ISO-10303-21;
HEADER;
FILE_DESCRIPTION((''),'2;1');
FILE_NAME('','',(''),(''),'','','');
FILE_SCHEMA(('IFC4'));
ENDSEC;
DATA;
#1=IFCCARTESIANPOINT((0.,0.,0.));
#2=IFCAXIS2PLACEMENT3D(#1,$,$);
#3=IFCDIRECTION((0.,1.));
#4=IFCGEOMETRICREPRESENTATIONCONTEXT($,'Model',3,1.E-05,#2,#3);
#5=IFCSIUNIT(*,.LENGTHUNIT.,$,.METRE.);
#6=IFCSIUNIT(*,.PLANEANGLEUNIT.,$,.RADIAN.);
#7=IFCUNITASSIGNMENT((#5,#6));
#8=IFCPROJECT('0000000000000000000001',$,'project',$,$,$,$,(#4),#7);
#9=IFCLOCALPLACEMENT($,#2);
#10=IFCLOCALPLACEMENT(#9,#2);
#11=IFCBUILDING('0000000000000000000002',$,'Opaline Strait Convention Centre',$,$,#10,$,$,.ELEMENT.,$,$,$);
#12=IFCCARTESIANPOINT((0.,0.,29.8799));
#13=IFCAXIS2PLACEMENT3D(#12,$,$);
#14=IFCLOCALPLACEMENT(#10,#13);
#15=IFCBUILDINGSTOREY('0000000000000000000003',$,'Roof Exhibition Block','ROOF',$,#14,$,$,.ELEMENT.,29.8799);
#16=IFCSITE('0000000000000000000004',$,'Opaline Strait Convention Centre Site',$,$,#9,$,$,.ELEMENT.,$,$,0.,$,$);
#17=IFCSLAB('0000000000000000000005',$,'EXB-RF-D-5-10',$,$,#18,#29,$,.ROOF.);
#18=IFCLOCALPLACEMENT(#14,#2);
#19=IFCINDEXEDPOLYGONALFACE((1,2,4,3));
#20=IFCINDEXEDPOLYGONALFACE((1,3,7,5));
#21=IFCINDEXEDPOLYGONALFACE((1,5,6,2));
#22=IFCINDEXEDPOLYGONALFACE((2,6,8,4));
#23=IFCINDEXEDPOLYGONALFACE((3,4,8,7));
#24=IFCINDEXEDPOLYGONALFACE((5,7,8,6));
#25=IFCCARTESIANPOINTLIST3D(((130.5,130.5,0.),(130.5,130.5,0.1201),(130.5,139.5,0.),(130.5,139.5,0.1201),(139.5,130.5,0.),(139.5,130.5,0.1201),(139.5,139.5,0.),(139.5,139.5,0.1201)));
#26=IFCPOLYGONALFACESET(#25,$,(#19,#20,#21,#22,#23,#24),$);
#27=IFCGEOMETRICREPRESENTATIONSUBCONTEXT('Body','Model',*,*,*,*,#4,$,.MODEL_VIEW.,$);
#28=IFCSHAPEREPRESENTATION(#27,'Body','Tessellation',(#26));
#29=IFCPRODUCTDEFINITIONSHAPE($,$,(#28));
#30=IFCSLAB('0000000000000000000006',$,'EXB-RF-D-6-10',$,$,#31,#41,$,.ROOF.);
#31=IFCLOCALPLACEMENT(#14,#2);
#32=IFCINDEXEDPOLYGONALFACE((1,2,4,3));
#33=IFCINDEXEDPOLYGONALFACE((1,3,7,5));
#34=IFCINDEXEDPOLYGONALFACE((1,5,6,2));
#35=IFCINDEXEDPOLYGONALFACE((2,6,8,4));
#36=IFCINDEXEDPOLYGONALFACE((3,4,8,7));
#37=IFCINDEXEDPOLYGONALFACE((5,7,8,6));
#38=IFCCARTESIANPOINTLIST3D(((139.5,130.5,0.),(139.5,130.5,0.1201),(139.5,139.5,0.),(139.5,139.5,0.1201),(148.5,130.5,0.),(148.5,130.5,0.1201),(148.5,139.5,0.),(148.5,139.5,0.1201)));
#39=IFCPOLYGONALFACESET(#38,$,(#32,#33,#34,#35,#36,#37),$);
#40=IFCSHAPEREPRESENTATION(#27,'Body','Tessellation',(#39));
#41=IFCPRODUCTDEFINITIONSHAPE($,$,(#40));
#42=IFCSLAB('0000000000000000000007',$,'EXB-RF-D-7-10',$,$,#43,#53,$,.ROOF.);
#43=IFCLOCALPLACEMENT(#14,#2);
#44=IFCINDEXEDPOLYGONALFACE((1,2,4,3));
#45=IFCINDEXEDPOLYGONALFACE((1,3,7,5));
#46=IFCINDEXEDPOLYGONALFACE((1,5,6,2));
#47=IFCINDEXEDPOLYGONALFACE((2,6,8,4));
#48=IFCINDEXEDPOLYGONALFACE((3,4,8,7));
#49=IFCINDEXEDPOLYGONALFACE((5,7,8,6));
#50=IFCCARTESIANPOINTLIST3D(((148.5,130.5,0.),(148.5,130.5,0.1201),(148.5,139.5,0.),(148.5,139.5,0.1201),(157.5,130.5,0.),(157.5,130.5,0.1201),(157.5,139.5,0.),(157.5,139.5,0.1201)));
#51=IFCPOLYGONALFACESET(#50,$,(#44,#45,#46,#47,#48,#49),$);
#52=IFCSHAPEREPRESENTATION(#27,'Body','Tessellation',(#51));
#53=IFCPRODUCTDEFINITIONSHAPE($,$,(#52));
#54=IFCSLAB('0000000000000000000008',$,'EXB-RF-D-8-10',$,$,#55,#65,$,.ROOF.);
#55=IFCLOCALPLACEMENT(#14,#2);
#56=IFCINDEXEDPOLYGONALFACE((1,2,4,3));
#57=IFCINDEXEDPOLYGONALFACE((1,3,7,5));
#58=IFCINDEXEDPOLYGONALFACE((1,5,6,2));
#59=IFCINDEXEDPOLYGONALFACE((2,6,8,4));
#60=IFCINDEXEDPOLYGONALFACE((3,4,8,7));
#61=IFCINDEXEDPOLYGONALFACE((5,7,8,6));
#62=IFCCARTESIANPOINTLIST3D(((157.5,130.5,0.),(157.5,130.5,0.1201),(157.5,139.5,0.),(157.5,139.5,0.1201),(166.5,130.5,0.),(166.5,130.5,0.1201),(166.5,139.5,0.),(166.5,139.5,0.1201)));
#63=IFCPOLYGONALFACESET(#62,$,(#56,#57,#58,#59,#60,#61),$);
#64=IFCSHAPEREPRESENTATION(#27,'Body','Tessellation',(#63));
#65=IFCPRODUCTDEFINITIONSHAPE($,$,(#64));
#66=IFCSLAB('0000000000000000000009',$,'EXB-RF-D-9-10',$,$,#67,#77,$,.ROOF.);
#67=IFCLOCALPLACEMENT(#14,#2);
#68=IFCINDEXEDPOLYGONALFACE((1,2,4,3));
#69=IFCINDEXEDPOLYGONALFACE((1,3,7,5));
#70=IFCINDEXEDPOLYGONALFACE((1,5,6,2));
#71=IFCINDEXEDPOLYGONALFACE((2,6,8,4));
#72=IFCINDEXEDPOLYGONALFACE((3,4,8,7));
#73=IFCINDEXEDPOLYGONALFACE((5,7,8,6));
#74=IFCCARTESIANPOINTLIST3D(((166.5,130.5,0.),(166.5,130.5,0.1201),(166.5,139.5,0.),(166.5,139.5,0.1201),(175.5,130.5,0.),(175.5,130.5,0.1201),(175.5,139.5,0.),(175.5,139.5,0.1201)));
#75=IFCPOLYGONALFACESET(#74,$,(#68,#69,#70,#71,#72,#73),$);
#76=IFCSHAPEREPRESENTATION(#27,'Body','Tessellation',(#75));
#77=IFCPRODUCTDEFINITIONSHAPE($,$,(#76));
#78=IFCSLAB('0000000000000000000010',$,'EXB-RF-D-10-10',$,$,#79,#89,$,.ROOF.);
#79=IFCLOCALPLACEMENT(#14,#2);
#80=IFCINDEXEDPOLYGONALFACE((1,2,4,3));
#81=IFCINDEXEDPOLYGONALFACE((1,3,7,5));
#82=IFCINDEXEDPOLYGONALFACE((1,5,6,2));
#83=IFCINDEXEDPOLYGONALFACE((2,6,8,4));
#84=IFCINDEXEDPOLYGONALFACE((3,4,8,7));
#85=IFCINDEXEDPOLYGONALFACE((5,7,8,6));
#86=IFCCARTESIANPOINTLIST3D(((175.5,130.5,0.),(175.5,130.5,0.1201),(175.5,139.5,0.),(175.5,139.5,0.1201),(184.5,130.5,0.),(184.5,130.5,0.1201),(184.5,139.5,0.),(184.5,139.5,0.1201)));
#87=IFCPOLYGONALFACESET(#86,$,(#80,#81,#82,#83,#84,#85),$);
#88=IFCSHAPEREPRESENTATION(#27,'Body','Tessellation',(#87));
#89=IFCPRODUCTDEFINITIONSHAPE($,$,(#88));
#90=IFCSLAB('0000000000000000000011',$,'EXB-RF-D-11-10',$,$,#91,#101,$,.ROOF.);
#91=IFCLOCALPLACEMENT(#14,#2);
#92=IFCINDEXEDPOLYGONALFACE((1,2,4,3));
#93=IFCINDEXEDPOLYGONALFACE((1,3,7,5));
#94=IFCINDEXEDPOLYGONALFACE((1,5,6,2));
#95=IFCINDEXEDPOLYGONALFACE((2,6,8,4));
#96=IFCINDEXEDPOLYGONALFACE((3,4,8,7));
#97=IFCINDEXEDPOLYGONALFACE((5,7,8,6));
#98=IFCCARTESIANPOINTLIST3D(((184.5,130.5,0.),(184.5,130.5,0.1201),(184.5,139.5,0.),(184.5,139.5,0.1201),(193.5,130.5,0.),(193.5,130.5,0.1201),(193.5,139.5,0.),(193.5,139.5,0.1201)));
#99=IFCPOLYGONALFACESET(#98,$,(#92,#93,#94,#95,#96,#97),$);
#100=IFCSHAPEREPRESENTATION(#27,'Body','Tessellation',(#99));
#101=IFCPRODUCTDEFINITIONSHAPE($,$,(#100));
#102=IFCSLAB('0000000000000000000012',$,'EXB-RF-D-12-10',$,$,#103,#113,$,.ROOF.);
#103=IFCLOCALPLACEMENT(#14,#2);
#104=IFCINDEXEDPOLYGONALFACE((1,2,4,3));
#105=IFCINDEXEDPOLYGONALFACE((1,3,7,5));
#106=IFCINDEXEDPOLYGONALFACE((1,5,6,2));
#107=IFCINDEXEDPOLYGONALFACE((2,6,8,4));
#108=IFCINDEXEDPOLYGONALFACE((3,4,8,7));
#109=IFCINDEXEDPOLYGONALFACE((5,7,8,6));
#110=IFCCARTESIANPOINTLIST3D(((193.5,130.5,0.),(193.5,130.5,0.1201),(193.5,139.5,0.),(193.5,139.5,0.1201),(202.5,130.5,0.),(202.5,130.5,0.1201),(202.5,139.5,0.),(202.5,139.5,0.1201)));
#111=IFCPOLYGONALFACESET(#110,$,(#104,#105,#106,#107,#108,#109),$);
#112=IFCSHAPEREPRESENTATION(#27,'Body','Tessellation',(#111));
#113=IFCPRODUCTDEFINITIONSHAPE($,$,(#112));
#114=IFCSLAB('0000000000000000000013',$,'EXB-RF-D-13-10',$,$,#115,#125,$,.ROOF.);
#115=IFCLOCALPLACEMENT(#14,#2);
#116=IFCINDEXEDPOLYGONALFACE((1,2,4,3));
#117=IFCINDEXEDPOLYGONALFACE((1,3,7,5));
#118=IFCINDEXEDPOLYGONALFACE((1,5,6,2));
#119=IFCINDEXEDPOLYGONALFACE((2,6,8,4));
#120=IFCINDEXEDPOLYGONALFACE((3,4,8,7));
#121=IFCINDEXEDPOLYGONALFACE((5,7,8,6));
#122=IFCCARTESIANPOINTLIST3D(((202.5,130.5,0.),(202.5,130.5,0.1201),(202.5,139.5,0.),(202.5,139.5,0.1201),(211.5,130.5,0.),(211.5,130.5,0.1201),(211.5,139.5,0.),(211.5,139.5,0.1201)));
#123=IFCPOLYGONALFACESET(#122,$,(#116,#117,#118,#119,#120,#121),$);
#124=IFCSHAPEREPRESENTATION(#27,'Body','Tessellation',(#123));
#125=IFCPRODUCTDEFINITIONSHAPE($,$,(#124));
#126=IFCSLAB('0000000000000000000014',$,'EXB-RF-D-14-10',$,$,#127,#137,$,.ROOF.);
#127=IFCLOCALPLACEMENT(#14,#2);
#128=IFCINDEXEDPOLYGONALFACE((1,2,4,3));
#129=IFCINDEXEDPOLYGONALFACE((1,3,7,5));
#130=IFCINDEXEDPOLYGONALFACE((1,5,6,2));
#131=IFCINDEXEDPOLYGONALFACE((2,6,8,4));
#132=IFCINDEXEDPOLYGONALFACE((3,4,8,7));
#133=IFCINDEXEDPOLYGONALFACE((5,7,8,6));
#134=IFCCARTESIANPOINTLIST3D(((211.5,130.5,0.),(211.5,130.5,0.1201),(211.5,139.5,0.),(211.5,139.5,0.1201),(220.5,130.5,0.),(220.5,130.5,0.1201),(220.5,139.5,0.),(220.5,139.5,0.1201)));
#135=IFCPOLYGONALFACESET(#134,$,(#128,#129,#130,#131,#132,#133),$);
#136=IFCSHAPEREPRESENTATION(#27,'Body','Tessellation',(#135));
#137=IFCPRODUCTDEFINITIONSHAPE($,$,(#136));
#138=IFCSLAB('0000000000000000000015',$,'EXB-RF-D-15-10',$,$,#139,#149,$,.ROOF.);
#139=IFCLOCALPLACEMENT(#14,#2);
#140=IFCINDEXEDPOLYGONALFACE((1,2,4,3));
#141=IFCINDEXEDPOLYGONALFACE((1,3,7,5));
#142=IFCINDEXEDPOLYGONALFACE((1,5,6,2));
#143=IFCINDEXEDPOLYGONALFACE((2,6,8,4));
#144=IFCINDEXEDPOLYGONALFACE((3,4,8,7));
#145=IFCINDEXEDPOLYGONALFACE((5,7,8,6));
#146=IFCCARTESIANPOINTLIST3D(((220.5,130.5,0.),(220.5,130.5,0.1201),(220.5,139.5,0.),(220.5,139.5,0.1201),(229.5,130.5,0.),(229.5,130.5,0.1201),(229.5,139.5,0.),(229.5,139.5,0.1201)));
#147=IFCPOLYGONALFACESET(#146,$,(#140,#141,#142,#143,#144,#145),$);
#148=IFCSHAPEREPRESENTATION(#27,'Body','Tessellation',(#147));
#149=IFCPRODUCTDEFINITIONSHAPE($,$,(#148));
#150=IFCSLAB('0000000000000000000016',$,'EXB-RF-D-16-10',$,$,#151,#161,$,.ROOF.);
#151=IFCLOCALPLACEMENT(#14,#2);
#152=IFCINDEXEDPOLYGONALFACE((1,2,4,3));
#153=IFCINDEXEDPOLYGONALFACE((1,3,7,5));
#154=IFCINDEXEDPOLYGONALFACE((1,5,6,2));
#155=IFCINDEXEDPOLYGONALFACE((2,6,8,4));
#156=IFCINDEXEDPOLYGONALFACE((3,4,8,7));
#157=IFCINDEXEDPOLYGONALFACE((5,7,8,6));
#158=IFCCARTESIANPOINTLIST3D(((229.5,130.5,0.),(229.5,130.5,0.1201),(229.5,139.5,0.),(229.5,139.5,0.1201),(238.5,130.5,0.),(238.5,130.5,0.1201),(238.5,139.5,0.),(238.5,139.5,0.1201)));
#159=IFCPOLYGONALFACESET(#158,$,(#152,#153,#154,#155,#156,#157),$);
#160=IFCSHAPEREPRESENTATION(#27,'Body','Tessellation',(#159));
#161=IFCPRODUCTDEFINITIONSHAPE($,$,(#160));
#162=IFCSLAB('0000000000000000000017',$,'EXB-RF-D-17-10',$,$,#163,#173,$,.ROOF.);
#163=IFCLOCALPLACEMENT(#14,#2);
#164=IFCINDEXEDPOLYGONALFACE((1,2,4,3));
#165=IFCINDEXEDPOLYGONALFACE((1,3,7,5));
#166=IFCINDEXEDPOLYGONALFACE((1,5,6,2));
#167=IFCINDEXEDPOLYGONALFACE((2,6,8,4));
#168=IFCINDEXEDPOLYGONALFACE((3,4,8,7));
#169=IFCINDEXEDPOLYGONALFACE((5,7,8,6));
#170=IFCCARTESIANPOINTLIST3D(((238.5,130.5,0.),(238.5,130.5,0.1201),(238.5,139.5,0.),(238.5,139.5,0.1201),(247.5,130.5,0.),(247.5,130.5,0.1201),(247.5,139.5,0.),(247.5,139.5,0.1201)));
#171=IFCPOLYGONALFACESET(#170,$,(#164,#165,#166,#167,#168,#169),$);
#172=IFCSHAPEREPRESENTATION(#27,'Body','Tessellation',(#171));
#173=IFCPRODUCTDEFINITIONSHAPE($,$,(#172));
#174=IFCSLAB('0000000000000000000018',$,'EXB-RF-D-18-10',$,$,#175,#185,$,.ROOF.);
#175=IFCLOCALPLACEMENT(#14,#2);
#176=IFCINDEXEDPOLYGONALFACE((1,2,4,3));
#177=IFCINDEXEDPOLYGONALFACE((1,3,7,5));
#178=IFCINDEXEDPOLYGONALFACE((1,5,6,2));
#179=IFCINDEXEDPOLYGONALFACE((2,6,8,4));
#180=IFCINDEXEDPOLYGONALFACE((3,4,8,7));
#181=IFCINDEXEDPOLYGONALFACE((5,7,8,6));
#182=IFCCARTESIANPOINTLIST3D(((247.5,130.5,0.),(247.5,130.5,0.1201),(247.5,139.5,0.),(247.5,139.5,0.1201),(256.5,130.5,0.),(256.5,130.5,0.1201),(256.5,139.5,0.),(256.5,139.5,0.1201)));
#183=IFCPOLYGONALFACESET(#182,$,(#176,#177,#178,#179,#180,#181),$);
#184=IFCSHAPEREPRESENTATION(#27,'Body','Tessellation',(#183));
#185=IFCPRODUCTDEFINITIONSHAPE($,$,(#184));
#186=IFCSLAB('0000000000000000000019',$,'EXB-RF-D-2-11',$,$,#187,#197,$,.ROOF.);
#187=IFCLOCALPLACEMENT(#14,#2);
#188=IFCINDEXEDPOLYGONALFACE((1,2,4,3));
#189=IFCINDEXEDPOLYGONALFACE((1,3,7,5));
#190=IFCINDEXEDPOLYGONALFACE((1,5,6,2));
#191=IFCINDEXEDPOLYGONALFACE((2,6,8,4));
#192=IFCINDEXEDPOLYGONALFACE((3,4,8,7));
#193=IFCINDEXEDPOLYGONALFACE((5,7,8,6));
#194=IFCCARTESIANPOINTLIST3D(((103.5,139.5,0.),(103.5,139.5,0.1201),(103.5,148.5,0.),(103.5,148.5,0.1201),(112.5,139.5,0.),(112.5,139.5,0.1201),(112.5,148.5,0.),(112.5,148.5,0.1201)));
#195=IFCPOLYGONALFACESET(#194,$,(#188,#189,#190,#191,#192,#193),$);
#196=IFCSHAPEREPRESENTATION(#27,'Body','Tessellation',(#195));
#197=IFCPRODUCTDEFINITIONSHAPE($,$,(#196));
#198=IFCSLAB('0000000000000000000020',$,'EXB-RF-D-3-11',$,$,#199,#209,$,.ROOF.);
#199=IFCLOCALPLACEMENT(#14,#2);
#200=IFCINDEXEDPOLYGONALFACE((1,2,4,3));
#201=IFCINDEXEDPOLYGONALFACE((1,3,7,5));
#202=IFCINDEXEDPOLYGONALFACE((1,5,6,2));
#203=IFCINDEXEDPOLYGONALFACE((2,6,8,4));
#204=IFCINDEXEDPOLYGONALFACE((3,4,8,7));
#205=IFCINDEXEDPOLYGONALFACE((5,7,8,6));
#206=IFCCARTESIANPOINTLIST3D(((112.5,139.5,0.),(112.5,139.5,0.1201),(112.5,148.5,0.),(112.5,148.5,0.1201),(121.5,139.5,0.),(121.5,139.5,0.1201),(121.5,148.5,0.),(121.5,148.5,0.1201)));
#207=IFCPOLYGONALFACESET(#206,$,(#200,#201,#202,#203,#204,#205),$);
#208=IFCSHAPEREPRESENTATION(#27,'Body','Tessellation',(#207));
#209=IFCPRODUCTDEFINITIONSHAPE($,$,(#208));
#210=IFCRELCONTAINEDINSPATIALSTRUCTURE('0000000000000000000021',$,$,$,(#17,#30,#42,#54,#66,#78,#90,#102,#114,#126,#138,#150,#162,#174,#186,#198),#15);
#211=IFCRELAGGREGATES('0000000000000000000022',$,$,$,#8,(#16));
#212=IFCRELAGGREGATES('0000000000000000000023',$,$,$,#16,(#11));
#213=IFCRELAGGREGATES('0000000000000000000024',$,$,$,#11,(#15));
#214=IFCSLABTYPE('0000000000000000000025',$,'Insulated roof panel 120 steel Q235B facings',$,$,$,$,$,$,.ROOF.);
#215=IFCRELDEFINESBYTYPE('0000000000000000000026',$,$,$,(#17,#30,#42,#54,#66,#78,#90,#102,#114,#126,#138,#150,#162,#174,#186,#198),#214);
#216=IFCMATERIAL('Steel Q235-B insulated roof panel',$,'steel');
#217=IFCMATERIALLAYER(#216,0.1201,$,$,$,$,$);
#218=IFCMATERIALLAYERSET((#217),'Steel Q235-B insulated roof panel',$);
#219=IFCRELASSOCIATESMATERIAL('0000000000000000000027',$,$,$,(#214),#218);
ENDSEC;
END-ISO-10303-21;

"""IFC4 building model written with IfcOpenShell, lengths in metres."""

from ifc_helpers import new_model, si_unit, direction, frame, origin, place, context, subcontext, project, spatial, polyline, outline, extrude, material, layer, layer_set, type_object, element, save


model = new_model("IFC4")

# Units and contexts
model_context = context("Model", 3, precision=1e-05, world=origin(), true_north=direction((0.0, 1.0)))
body_context = subcontext(model_context, "Body", "Model", "MODEL_VIEW")
ifc_project = project(units=[si_unit("LENGTHUNIT", "METRE"), si_unit("PLANEANGLEUNIT", "RADIAN")], contexts=[model_context])

# Site, building, storey
site_placement = place(None, origin())
site = spatial("IfcSite", under=ifc_project, at=site_placement, Name="Opaline Strait Convention Centre Site", CompositionType="ELEMENT", RefElevation=0.0)
building_placement = place(site_placement, origin())
building = spatial("IfcBuilding", under=site, at=building_placement, Name="Opaline Strait Convention Centre", CompositionType="ELEMENT")
storey_placement = place(building_placement, frame((0.0, 0.0, 29.8799)))
storey = spatial("IfcBuildingStorey", under=building, at=storey_placement, Name="Roof Exhibition Block", Description="ROOF", CompositionType="ELEMENT", Elevation=29.8799)

# Slabs
ifc_material = material(Name="Steel Q235-B insulated roof panel", Category="steel")
ifc_layer = layer(ifc_material, 0.1201)
ifc_layer_set = layer_set([ifc_layer], Name="Steel Q235-B insulated roof panel")
slab_type = type_object("IfcSlabType", Name="Insulated roof panel 120 steel Q235B facings", PredefinedType="ROOF", material=ifc_layer_set)
slab_1_placement = place(storey_placement, origin())
element("IfcSlab", 1, at=slab_1_placement, inside=storey, type_object=slab_type, Name="EXB-RF-D-5-10", PredefinedType="ROOF", context=body_context, shape_type="SweptSolid", body=[
    extrude(outline(polyline([(130.5, 130.5), (139.5, 130.5), (139.5, 139.5), (130.5, 139.5), (130.5, 130.5)])), origin(), (0.0, 0.0, 1.0), 0.1201),
])
slab_2_placement = place(storey_placement, origin())
element("IfcSlab", 2, at=slab_2_placement, inside=storey, type_object=slab_type, Name="EXB-RF-D-6-10", PredefinedType="ROOF", context=body_context, shape_type="SweptSolid", body=[
    extrude(outline(polyline([(139.5, 130.5), (148.5, 130.5), (148.5, 139.5), (139.5, 139.5), (139.5, 130.5)])), origin(), (0.0, 0.0, 1.0), 0.1201),
])
slab_3_placement = place(storey_placement, origin())
element("IfcSlab", 3, at=slab_3_placement, inside=storey, type_object=slab_type, Name="EXB-RF-D-7-10", PredefinedType="ROOF", context=body_context, shape_type="SweptSolid", body=[
    extrude(outline(polyline([(148.5, 130.5), (157.5, 130.5), (157.5, 139.5), (148.5, 139.5), (148.5, 130.5)])), origin(), (0.0, 0.0, 1.0), 0.1201),
])
slab_4_placement = place(storey_placement, origin())
element("IfcSlab", 4, at=slab_4_placement, inside=storey, type_object=slab_type, Name="EXB-RF-D-8-10", PredefinedType="ROOF", context=body_context, shape_type="SweptSolid", body=[
    extrude(outline(polyline([(157.5, 130.5), (166.5, 130.5), (166.5, 139.5), (157.5, 139.5), (157.5, 130.5)])), origin(), (0.0, 0.0, 1.0), 0.1201),
])
slab_5_placement = place(storey_placement, origin())
element("IfcSlab", 5, at=slab_5_placement, inside=storey, type_object=slab_type, Name="EXB-RF-D-9-10", PredefinedType="ROOF", context=body_context, shape_type="SweptSolid", body=[
    extrude(outline(polyline([(166.5, 130.5), (175.5, 130.5), (175.5, 139.5), (166.5, 139.5), (166.5, 130.5)])), origin(), (0.0, 0.0, 1.0), 0.1201),
])
slab_6_placement = place(storey_placement, origin())
element("IfcSlab", 6, at=slab_6_placement, inside=storey, type_object=slab_type, Name="EXB-RF-D-10-10", PredefinedType="ROOF", context=body_context, shape_type="SweptSolid", body=[
    extrude(outline(polyline([(175.5, 130.5), (184.5, 130.5), (184.5, 139.5), (175.5, 139.5), (175.5, 130.5)])), origin(), (0.0, 0.0, 1.0), 0.1201),
])
slab_7_placement = place(storey_placement, origin())
element("IfcSlab", 7, at=slab_7_placement, inside=storey, type_object=slab_type, Name="EXB-RF-D-11-10", PredefinedType="ROOF", context=body_context, shape_type="SweptSolid", body=[
    extrude(outline(polyline([(184.5, 130.5), (193.5, 130.5), (193.5, 139.5), (184.5, 139.5), (184.5, 130.5)])), origin(), (0.0, 0.0, 1.0), 0.1201),
])
slab_8_placement = place(storey_placement, origin())
element("IfcSlab", 8, at=slab_8_placement, inside=storey, type_object=slab_type, Name="EXB-RF-D-12-10", PredefinedType="ROOF", context=body_context, shape_type="SweptSolid", body=[
    extrude(outline(polyline([(193.5, 130.5), (202.5, 130.5), (202.5, 139.5), (193.5, 139.5), (193.5, 130.5)])), origin(), (0.0, 0.0, 1.0), 0.1201),
])
slab_9_placement = place(storey_placement, origin())
element("IfcSlab", 9, at=slab_9_placement, inside=storey, type_object=slab_type, Name="EXB-RF-D-13-10", PredefinedType="ROOF", context=body_context, shape_type="SweptSolid", body=[
    extrude(outline(polyline([(202.5, 130.5), (211.5, 130.5), (211.5, 139.5), (202.5, 139.5), (202.5, 130.5)])), origin(), (0.0, 0.0, 1.0), 0.1201),
])
slab_10_placement = place(storey_placement, origin())
element("IfcSlab", 10, at=slab_10_placement, inside=storey, type_object=slab_type, Name="EXB-RF-D-14-10", PredefinedType="ROOF", context=body_context, shape_type="SweptSolid", body=[
    extrude(outline(polyline([(211.5, 130.5), (220.5, 130.5), (220.5, 139.5), (211.5, 139.5), (211.5, 130.5)])), origin(), (0.0, 0.0, 1.0), 0.1201),
])
slab_11_placement = place(storey_placement, origin())
element("IfcSlab", 11, at=slab_11_placement, inside=storey, type_object=slab_type, Name="EXB-RF-D-15-10", PredefinedType="ROOF", context=body_context, shape_type="SweptSolid", body=[
    extrude(outline(polyline([(220.5, 130.5), (229.5, 130.5), (229.5, 139.5), (220.5, 139.5), (220.5, 130.5)])), origin(), (0.0, 0.0, 1.0), 0.1201),
])
slab_12_placement = place(storey_placement, origin())
element("IfcSlab", 12, at=slab_12_placement, inside=storey, type_object=slab_type, Name="EXB-RF-D-16-10", PredefinedType="ROOF", context=body_context, shape_type="SweptSolid", body=[
    extrude(outline(polyline([(229.5, 130.5), (238.5, 130.5), (238.5, 139.5), (229.5, 139.5), (229.5, 130.5)])), origin(), (0.0, 0.0, 1.0), 0.1201),
])
slab_13_placement = place(storey_placement, origin())
element("IfcSlab", 13, at=slab_13_placement, inside=storey, type_object=slab_type, Name="EXB-RF-D-17-10", PredefinedType="ROOF", context=body_context, shape_type="SweptSolid", body=[
    extrude(outline(polyline([(238.5, 130.5), (247.5, 130.5), (247.5, 139.5), (238.5, 139.5), (238.5, 130.5)])), origin(), (0.0, 0.0, 1.0), 0.1201),
])
slab_14_placement = place(storey_placement, origin())
element("IfcSlab", 14, at=slab_14_placement, inside=storey, type_object=slab_type, Name="EXB-RF-D-18-10", PredefinedType="ROOF", context=body_context, shape_type="SweptSolid", body=[
    extrude(outline(polyline([(247.5, 130.5), (256.5, 130.5), (256.5, 139.5), (247.5, 139.5), (247.5, 130.5)])), origin(), (0.0, 0.0, 1.0), 0.1201),
])
slab_15_placement = place(storey_placement, origin())
element("IfcSlab", 15, at=slab_15_placement, inside=storey, type_object=slab_type, Name="EXB-RF-D-2-11", PredefinedType="ROOF", context=body_context, shape_type="SweptSolid", body=[
    extrude(outline(polyline([(103.5, 139.5), (112.5, 139.5), (112.5, 148.5), (103.5, 148.5), (103.5, 139.5)])), origin(), (0.0, 0.0, 1.0), 0.1201),
])
slab_16_placement = place(storey_placement, origin())
element("IfcSlab", 16, at=slab_16_placement, inside=storey, type_object=slab_type, Name="EXB-RF-D-3-11", PredefinedType="ROOF", context=body_context, shape_type="SweptSolid", body=[
    extrude(outline(polyline([(112.5, 139.5), (121.5, 139.5), (121.5, 148.5), (112.5, 148.5), (112.5, 139.5)])), origin(), (0.0, 0.0, 1.0), 0.1201),
])

save(model, "model.ifc")
